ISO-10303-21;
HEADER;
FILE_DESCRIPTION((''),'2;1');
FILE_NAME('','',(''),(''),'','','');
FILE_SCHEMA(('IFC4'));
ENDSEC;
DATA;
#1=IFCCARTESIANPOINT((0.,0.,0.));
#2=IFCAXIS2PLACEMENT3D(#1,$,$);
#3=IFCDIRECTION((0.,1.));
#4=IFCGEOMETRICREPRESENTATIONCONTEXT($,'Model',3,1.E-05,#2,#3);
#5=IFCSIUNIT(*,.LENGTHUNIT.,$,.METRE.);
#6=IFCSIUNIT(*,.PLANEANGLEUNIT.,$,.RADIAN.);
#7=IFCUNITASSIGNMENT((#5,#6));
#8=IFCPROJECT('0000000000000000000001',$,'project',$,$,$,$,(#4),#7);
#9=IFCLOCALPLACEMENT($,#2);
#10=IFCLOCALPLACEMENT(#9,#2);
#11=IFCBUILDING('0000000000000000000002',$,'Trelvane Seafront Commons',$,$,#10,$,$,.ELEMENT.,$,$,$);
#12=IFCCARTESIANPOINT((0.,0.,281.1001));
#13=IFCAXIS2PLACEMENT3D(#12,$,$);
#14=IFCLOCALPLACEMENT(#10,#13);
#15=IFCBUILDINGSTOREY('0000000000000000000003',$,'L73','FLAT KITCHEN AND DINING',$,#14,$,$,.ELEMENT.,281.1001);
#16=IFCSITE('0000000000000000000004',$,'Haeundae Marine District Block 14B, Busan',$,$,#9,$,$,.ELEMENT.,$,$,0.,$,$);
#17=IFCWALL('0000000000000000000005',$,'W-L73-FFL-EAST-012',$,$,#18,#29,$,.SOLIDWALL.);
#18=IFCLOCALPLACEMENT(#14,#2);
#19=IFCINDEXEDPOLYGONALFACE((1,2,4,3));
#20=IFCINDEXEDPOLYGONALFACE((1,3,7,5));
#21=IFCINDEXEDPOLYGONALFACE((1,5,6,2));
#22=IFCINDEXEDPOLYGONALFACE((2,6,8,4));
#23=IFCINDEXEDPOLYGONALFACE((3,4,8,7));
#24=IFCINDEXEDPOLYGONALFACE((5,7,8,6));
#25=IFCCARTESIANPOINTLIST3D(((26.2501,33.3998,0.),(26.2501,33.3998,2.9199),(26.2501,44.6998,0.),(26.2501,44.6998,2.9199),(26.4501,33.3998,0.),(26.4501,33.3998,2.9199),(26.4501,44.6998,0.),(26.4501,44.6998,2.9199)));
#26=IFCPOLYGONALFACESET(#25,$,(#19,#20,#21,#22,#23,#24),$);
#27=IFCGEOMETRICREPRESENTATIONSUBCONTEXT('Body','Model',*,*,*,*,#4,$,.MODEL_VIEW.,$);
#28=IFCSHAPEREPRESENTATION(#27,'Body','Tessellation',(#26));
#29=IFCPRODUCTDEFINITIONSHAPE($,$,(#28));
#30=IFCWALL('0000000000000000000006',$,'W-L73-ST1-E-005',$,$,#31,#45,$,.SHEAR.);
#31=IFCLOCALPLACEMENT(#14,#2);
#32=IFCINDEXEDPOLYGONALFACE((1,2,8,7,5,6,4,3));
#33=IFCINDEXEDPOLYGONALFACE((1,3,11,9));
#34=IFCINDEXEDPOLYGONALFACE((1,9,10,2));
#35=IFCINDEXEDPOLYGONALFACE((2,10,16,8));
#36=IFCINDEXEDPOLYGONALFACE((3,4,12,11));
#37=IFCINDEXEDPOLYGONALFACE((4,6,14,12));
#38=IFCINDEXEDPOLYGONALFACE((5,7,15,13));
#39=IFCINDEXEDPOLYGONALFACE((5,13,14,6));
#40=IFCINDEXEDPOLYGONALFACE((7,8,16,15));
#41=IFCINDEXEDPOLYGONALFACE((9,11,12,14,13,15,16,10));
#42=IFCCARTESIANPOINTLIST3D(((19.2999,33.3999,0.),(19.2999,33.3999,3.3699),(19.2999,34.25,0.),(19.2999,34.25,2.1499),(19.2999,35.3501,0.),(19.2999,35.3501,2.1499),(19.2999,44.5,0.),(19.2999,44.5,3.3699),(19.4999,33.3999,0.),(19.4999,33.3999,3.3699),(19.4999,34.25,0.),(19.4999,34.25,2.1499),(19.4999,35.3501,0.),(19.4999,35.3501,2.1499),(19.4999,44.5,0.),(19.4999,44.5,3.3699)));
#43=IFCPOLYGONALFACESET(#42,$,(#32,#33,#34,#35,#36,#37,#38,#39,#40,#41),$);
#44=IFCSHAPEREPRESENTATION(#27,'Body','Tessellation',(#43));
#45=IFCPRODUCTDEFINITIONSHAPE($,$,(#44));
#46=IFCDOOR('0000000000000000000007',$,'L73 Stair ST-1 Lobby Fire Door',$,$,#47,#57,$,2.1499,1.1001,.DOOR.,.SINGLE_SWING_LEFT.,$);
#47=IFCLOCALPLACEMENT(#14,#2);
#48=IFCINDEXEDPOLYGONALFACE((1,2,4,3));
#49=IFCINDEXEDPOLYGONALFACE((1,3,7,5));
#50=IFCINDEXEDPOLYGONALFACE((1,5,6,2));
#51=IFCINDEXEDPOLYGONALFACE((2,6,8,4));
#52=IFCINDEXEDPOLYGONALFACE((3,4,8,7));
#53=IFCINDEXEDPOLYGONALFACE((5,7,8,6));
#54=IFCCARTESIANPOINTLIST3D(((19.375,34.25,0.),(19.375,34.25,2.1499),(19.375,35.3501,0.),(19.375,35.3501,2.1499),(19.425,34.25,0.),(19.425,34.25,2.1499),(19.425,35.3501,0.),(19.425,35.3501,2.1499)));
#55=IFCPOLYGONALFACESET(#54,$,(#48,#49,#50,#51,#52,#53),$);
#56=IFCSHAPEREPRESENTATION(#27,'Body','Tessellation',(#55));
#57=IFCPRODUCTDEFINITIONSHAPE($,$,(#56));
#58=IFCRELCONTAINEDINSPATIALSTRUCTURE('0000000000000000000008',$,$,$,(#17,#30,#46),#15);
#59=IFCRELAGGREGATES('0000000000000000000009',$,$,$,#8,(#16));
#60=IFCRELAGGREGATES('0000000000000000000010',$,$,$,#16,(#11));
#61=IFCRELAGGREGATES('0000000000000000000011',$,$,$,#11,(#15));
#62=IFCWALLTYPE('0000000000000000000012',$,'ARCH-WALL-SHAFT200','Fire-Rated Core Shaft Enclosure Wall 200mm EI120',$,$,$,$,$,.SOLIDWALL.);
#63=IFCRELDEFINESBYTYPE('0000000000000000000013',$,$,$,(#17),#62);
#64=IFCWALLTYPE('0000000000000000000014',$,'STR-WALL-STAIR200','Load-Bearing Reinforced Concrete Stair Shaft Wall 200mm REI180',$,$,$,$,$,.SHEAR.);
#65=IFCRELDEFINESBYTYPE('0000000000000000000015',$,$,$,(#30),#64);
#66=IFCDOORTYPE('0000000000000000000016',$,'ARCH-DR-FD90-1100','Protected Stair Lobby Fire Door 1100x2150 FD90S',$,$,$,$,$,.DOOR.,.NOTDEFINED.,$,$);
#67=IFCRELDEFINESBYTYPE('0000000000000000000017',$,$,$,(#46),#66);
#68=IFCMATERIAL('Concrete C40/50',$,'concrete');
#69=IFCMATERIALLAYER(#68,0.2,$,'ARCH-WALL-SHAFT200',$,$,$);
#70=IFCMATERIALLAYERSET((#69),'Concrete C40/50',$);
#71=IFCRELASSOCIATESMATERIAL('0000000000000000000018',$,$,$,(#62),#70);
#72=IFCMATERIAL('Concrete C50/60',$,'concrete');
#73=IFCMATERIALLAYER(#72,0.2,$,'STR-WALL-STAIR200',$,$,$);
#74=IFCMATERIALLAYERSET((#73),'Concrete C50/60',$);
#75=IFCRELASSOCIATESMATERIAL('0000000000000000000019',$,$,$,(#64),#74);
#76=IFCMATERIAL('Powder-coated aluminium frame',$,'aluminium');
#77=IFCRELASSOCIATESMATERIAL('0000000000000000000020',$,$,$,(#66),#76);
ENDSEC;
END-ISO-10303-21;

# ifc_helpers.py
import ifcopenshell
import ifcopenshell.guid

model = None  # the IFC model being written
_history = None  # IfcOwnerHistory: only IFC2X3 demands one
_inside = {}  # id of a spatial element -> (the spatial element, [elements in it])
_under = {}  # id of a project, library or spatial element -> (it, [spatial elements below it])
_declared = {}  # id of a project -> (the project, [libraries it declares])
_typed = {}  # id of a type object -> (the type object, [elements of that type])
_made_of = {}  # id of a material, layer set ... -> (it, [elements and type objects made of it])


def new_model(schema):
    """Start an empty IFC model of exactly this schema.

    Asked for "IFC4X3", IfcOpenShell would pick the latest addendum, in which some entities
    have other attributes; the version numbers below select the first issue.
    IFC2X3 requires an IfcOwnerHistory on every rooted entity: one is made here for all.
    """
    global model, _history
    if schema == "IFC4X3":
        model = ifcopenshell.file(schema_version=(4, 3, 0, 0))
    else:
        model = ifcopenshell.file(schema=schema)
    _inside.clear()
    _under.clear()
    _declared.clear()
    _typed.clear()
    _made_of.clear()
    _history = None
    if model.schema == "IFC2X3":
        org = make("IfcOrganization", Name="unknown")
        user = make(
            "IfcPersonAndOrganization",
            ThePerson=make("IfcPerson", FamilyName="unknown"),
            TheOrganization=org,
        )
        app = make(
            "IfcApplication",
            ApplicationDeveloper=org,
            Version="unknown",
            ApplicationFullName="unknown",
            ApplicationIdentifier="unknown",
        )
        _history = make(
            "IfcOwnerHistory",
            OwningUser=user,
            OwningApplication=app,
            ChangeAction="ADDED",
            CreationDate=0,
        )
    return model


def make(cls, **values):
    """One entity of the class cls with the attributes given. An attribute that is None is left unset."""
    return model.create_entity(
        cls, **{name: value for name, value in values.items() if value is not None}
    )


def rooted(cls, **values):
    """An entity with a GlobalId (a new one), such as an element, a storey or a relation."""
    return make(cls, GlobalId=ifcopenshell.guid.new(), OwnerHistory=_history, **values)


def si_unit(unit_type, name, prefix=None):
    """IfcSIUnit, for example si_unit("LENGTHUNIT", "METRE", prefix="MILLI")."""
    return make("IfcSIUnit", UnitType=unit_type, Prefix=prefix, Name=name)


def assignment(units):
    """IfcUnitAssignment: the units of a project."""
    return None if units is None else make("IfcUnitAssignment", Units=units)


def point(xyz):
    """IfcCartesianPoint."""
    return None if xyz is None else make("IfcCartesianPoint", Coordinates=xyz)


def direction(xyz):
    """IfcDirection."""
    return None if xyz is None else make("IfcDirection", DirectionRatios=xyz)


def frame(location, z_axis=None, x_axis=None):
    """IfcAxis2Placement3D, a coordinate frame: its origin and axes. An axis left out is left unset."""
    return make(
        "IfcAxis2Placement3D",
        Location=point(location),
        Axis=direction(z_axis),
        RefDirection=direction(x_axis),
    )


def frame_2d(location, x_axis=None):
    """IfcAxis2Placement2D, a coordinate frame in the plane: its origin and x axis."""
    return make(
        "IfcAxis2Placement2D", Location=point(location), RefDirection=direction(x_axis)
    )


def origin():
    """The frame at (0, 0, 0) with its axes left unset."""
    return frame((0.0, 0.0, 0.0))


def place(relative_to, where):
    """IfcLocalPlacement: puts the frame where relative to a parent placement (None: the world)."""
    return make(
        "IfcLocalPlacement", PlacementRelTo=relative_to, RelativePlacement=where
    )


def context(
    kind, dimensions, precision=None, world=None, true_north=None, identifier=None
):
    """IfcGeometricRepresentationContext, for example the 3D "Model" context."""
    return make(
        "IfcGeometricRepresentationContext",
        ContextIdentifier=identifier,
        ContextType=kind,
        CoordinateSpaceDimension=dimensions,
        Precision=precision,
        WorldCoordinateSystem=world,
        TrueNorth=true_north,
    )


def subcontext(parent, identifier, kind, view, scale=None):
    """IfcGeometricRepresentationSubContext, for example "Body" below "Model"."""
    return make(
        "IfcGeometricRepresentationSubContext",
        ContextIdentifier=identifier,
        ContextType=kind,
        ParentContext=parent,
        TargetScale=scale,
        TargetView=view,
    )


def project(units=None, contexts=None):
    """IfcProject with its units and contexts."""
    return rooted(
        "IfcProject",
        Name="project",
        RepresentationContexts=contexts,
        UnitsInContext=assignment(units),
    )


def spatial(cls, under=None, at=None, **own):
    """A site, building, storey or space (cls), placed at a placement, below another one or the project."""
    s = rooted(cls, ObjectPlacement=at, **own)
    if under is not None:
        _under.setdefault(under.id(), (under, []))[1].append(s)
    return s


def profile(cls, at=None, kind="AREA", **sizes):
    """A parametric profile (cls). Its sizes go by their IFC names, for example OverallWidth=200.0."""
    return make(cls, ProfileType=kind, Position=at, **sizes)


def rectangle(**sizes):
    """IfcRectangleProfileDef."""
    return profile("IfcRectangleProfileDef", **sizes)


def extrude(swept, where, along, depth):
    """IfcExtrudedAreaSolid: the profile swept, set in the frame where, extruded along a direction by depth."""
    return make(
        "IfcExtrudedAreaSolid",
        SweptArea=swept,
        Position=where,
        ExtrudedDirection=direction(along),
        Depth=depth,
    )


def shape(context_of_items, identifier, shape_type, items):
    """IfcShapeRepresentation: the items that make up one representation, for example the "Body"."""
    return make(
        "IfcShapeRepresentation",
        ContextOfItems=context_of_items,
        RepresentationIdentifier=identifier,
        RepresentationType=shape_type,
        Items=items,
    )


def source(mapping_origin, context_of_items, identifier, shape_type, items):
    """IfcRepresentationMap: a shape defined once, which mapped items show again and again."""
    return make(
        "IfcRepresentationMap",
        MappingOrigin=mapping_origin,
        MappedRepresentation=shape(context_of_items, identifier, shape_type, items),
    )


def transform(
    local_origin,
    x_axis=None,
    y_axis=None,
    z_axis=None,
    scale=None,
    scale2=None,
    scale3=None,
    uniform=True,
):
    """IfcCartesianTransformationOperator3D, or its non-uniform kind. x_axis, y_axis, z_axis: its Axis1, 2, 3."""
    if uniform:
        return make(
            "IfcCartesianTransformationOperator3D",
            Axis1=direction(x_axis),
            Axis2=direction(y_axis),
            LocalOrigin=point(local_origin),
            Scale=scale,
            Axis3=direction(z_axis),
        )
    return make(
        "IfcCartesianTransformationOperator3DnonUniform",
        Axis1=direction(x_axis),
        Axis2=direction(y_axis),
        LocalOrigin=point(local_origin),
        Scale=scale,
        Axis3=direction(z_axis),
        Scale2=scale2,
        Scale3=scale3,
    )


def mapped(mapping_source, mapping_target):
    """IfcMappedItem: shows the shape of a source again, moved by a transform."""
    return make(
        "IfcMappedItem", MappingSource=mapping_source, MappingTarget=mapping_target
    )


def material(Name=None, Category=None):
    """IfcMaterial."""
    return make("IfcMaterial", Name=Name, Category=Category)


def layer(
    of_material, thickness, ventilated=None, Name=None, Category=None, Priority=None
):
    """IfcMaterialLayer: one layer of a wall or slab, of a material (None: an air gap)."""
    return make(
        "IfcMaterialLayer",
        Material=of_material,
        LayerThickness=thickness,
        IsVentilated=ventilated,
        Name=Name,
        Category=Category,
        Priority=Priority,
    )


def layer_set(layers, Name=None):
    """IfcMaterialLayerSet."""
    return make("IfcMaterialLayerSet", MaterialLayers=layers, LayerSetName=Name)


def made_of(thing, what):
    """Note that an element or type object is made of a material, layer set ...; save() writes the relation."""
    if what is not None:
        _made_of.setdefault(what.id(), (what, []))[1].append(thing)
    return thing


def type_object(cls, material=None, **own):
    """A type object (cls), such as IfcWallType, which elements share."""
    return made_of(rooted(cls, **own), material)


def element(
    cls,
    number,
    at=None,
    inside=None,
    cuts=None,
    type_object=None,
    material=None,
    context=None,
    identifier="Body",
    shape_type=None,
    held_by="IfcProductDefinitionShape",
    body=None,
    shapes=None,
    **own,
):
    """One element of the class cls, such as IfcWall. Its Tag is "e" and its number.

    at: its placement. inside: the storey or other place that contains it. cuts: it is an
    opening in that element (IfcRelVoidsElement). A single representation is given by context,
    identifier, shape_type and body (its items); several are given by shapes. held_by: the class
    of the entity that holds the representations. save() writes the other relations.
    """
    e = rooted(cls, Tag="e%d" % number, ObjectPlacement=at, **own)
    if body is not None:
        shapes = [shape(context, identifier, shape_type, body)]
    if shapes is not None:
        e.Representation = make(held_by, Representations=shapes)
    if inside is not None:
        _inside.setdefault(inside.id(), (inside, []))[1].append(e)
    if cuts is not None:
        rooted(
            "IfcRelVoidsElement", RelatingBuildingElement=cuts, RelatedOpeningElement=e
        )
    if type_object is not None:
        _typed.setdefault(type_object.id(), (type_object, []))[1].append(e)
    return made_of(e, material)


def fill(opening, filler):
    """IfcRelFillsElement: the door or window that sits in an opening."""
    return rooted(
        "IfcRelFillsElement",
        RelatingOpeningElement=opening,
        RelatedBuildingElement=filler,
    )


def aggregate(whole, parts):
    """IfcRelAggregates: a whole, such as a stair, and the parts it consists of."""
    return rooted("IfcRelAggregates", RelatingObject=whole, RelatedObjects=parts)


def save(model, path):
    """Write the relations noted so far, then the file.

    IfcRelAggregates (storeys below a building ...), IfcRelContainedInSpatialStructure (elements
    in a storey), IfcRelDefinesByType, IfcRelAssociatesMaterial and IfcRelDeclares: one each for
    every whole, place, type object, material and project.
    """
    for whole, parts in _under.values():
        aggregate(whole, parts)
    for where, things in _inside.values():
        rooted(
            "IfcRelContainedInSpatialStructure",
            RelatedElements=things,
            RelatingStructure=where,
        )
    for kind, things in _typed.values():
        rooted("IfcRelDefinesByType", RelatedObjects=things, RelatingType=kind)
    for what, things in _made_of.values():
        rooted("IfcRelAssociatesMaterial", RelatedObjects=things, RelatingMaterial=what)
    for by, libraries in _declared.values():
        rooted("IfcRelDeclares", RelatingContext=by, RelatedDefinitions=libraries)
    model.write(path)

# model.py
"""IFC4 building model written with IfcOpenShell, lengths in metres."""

from ifc_helpers import new_model, si_unit, direction, frame, frame_2d, origin, place, context, subcontext, project, spatial, rectangle, extrude, source, transform, mapped, material, layer, layer_set, type_object, element, fill, save


model = new_model("IFC4")

# Units and contexts
model_context = context("Model", 3, precision=1e-05, world=origin(), true_north=direction((0.0, 1.0)))
body_context = subcontext(model_context, "Body", "Model", "MODEL_VIEW")
ifc_project = project(units=[si_unit("LENGTHUNIT", "METRE"), si_unit("PLANEANGLEUNIT", "RADIAN")], contexts=[model_context])

# Site, building, storey
site_placement = place(None, origin())
site = spatial("IfcSite", under=ifc_project, at=site_placement, Name="Haeundae Marine District Block 14B, Busan", CompositionType="ELEMENT", RefElevation=0.0)
building_placement = place(site_placement, origin())
building = spatial("IfcBuilding", under=site, at=building_placement, Name="Trelvane Seafront Commons", CompositionType="ELEMENT")
storey_placement = place(building_placement, frame((0.0, 0.0, 281.1001)))
storey = spatial("IfcBuildingStorey", under=building, at=storey_placement, Name="L73", Description="FLAT KITCHEN AND DINING", CompositionType="ELEMENT", Elevation=281.1001)

# Shared definitions
ifc_material_1 = material(Name="Concrete C50/60", Category="concrete")

# Shared definitions
ifc_material_2 = material(Name="Concrete C40/50", Category="concrete")
ifc_material_3 = material(Name="Powder-coated aluminium frame", Category="aluminium")

# Wall
ifc_layer_1 = layer(ifc_material_2, 0.2, Name="ARCH-WALL-SHAFT200")
ifc_layer_set_1 = layer_set([ifc_layer_1], Name="Concrete C40/50")
wall_type_1 = type_object("IfcWallType", Name="ARCH-WALL-SHAFT200", Description="Fire-Rated Core Shaft Enclosure Wall 200mm EI120", PredefinedType="SOLIDWALL", material=ifc_layer_set_1)
wall_1_placement = place(storey_placement, frame((26.3501, 33.3999, 0.0), z_axis=(0.0, 0.0, 1.0), x_axis=(0.0, 1.0, 0.0)))
element("IfcWall", 1, at=wall_1_placement, inside=storey, type_object=wall_type_1, Name="W-L73-FFL-EAST-012", PredefinedType="SOLIDWALL", context=body_context, shape_type="SweptSolid", body=[
    extrude(rectangle(XDim=11.3, YDim=0.2, at=frame_2d((5.6499, 0.0))), origin(), (0.0, 0.0, 1.0), 2.9199),
])

# Wall, opening, door
ifc_layer_2 = layer(ifc_material_1, 0.2, Name="STR-WALL-STAIR200")
ifc_layer_set_2 = layer_set([ifc_layer_2], Name="Concrete C50/60")
wall_type_2 = type_object("IfcWallType", Name="STR-WALL-STAIR200", Description="Load-Bearing Reinforced Concrete Stair Shaft Wall 200mm REI180", PredefinedType="SHEAR", material=ifc_layer_set_2)
wall_2_placement = place(storey_placement, frame((19.3999, 33.3999, 0.0), z_axis=(0.0, 0.0, 1.0), x_axis=(0.0, 1.0, 0.0)))
wall_2 = element("IfcWall", 2, at=wall_2_placement, inside=storey, type_object=wall_type_2, Name="W-L73-ST1-E-005", PredefinedType="SHEAR", context=body_context, shape_type="SweptSolid", body=[
    extrude(rectangle(XDim=11.1001, YDim=0.2, at=frame_2d((5.55, 0.0))), origin(), (0.0, 0.0, 1.0), 3.3699),
])
opening_1_placement = place(wall_2_placement, frame((0.8501, 0.0, 0.0)))
opening_1 = element("IfcOpeningElement", 3, at=opening_1_placement, cuts=wall_2, PredefinedType="OPENING", context=body_context, shape_type="SweptSolid", body=[
    extrude(rectangle(XDim=1.1001, YDim=2.1499, at=frame_2d((0.55, 1.075))), frame((0.0, 0.1099, 0.0), z_axis=(0.0, -1.0, 0.0), x_axis=(1.0, 0.0, 0.0)), (0.0, 0.0, 1.0), 0.22),
])
door_type_1 = type_object("IfcDoorType", Name="ARCH-DR-FD90-1100", Description="Protected Stair Lobby Fire Door 1100x2150 FD90S", OperationType="NOTDEFINED", PredefinedType="DOOR", material=ifc_material_3)
shared_shape_1 = source(origin(), body_context, "Body", "SweptSolid", [
    extrude(rectangle(XDim=1.1001, YDim=2.1499, at=frame_2d((0.55, 1.075))), frame((0.0, 0.0249, 0.0), z_axis=(0.0, -1.0, 0.0), x_axis=(1.0, 0.0, 0.0)), (0.0, 0.0, 1.0), 0.05),
])
door_1_placement = place(opening_1_placement, origin())
door_1 = element("IfcDoor", 4, at=door_1_placement, inside=storey, type_object=door_type_1, Name="L73 Stair ST-1 Lobby Fire Door", OperationType="SINGLE_SWING_LEFT", OverallHeight=2.1499, OverallWidth=1.1001, PredefinedType="DOOR", context=body_context, shape_type="MappedRepresentation", body=[
    mapped(shared_shape_1, transform((0.0, 0.0, 0.0), x_axis=(1.0, 0.0, 0.0), y_axis=(0.0, 1.0, 0.0), z_axis=(0.0, 0.0, 1.0), scale=1.0)),
])
fill(opening_1, door_1)

save(model, "model.ifc")
